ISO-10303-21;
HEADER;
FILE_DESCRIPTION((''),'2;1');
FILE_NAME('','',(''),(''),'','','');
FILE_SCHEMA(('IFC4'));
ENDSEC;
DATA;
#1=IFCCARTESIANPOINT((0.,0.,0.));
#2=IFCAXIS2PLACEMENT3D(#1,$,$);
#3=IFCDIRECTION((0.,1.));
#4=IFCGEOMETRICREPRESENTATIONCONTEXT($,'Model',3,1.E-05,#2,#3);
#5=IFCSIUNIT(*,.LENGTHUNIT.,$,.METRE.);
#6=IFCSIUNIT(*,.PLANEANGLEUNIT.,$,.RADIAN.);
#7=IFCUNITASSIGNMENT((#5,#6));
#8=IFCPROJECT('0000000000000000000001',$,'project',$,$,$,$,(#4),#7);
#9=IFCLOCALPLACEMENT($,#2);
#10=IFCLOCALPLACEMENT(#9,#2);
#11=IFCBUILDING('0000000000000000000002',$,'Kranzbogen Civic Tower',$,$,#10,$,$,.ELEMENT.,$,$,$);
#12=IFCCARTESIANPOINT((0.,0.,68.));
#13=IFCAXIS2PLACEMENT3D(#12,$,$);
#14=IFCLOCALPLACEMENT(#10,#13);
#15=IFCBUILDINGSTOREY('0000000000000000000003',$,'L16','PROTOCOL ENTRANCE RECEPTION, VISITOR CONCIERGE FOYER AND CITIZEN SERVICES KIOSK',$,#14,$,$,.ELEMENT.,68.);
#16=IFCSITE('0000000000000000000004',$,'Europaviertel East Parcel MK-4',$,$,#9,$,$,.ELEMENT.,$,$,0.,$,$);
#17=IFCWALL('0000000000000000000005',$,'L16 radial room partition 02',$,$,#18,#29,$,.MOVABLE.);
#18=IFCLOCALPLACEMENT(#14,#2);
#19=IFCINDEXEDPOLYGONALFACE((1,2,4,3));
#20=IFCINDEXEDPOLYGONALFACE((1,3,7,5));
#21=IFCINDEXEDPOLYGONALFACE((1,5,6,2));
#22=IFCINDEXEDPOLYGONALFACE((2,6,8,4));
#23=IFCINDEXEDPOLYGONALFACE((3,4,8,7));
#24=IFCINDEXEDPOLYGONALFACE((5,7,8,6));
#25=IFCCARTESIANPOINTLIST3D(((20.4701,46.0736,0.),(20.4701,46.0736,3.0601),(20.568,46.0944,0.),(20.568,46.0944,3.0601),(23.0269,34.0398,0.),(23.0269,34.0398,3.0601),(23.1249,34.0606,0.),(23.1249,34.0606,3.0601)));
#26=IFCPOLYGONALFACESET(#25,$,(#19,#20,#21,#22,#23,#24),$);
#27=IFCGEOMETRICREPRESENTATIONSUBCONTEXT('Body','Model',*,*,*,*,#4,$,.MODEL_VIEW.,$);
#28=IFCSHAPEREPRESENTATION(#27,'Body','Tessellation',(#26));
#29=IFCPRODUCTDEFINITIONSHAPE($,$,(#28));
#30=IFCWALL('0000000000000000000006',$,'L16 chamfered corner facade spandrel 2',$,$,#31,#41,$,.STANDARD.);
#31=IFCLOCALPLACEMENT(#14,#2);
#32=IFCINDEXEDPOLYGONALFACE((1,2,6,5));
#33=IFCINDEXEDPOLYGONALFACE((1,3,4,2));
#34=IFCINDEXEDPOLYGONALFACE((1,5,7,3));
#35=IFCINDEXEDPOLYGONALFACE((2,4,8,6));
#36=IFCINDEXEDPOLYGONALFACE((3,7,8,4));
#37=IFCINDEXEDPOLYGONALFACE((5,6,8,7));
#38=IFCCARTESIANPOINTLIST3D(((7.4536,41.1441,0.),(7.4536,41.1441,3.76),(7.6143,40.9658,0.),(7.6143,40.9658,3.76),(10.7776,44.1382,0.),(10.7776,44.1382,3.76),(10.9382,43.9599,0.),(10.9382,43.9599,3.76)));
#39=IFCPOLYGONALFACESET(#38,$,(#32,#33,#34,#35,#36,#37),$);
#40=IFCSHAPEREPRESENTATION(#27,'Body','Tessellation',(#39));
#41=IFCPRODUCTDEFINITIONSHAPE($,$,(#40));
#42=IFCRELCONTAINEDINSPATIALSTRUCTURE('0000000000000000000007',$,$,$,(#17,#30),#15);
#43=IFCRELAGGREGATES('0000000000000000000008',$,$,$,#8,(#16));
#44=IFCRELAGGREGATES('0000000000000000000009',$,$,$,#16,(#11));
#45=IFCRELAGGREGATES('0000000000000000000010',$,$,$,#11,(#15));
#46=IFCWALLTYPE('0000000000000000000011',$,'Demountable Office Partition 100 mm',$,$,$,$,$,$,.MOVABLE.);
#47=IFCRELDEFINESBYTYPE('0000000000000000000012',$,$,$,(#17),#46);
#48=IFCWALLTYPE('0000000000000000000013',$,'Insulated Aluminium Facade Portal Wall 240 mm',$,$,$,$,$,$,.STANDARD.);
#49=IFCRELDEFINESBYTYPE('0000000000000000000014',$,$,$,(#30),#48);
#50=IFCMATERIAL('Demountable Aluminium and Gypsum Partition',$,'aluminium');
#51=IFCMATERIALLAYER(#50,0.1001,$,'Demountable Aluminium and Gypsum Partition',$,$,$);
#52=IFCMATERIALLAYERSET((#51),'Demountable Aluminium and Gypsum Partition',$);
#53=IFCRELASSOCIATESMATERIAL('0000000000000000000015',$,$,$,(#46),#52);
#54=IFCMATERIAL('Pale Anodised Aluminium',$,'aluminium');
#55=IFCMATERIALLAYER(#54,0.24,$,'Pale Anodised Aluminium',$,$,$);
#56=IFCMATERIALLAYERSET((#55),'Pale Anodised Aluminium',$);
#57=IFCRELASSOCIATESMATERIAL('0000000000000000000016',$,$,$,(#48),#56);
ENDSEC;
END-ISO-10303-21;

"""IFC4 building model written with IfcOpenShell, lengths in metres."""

from ifc_helpers import new_model, si_unit, direction, frame, frame_2d, origin, place, context, subcontext, project, spatial, rectangle, extrude, material, layer, layer_set, type_object, element, save


model = new_model("IFC4")

# Units and contexts
model_context = context("Model", 3, precision=1e-05, world=origin(), true_north=direction((0.0, 1.0)))
body_context = subcontext(model_context, "Body", "Model", "MODEL_VIEW")
ifc_project = project(units=[si_unit("LENGTHUNIT", "METRE"), si_unit("PLANEANGLEUNIT", "RADIAN")], contexts=[model_context])

# Site, building, storey
site_placement = place(None, origin())
site = spatial("IfcSite", under=ifc_project, at=site_placement, Name="Europaviertel East Parcel MK-4", CompositionType="ELEMENT", RefElevation=0.0)
building_placement = place(site_placement, origin())
building = spatial("IfcBuilding", under=site, at=building_placement, Name="Kranzbogen Civic Tower", CompositionType="ELEMENT")
storey_placement = place(building_placement, frame((0.0, 0.0, 68.0)))
storey = spatial("IfcBuildingStorey", under=building, at=storey_placement, Name="L16", Description="PROTOCOL ENTRANCE RECEPTION, VISITOR CONCIERGE FOYER AND CITIZEN SERVICES KIOSK", CompositionType="ELEMENT", Elevation=68.0)

# Shared definitions
ifc_material_1 = material(Name="Pale Anodised Aluminium", Category="aluminium")

# Walls
ifc_material_2 = material(Name="Demountable Aluminium and Gypsum Partition", Category="aluminium")
ifc_layer_1 = layer(ifc_material_2, 0.1001, Name="Demountable Aluminium and Gypsum Partition")
ifc_layer_set_1 = layer_set([ifc_layer_1], Name="Demountable Aluminium and Gypsum Partition")
wall_type_1 = type_object("IfcWallType", Name="Demountable Office Partition 100 mm", PredefinedType="MOVABLE", material=ifc_layer_set_1)
wall_1_placement = place(storey_placement, frame((23.0759, 34.05, 0.0), z_axis=(0.0, 0.0, 1.0), x_axis=(-0.207833, 0.978164, 0.0)))
element("IfcWall", 1, at=wall_1_placement, inside=storey, type_object=wall_type_1, Name="L16 radial room partition 02", PredefinedType="MOVABLE", context=body_context, shape_type="SweptSolid", body=[
    extrude(rectangle(XDim=12.3025, YDim=0.1001, at=frame_2d((6.1514, 0.0))), origin(), (0.0, 0.0, 1.0), 3.0601),
])
ifc_layer_2 = layer(ifc_material_1, 0.24, Name="Pale Anodised Aluminium")
ifc_layer_set_2 = layer_set([ifc_layer_2], Name="Pale Anodised Aluminium")
wall_type_2 = type_object("IfcWallType", Name="Insulated Aluminium Facade Portal Wall 240 mm", PredefinedType="STANDARD", material=ifc_layer_set_2)
wall_2_placement = place(storey_placement, frame((10.8579, 44.0491, 0.0), z_axis=(0.0, 0.0, 1.0), x_axis=(-0.743009, -0.669281, 0.0)))
element("IfcWall", 2, at=wall_2_placement, inside=storey, type_object=wall_type_2, Name="L16 chamfered corner facade spandrel 2", PredefinedType="STANDARD", context=body_context, shape_type="SweptSolid", body=[
    extrude(rectangle(XDim=4.4736, YDim=0.24, at=frame_2d((2.2368, 0.0))), origin(), (0.0, 0.0, 1.0), 3.76),
])

save(model, "model.ifc")
